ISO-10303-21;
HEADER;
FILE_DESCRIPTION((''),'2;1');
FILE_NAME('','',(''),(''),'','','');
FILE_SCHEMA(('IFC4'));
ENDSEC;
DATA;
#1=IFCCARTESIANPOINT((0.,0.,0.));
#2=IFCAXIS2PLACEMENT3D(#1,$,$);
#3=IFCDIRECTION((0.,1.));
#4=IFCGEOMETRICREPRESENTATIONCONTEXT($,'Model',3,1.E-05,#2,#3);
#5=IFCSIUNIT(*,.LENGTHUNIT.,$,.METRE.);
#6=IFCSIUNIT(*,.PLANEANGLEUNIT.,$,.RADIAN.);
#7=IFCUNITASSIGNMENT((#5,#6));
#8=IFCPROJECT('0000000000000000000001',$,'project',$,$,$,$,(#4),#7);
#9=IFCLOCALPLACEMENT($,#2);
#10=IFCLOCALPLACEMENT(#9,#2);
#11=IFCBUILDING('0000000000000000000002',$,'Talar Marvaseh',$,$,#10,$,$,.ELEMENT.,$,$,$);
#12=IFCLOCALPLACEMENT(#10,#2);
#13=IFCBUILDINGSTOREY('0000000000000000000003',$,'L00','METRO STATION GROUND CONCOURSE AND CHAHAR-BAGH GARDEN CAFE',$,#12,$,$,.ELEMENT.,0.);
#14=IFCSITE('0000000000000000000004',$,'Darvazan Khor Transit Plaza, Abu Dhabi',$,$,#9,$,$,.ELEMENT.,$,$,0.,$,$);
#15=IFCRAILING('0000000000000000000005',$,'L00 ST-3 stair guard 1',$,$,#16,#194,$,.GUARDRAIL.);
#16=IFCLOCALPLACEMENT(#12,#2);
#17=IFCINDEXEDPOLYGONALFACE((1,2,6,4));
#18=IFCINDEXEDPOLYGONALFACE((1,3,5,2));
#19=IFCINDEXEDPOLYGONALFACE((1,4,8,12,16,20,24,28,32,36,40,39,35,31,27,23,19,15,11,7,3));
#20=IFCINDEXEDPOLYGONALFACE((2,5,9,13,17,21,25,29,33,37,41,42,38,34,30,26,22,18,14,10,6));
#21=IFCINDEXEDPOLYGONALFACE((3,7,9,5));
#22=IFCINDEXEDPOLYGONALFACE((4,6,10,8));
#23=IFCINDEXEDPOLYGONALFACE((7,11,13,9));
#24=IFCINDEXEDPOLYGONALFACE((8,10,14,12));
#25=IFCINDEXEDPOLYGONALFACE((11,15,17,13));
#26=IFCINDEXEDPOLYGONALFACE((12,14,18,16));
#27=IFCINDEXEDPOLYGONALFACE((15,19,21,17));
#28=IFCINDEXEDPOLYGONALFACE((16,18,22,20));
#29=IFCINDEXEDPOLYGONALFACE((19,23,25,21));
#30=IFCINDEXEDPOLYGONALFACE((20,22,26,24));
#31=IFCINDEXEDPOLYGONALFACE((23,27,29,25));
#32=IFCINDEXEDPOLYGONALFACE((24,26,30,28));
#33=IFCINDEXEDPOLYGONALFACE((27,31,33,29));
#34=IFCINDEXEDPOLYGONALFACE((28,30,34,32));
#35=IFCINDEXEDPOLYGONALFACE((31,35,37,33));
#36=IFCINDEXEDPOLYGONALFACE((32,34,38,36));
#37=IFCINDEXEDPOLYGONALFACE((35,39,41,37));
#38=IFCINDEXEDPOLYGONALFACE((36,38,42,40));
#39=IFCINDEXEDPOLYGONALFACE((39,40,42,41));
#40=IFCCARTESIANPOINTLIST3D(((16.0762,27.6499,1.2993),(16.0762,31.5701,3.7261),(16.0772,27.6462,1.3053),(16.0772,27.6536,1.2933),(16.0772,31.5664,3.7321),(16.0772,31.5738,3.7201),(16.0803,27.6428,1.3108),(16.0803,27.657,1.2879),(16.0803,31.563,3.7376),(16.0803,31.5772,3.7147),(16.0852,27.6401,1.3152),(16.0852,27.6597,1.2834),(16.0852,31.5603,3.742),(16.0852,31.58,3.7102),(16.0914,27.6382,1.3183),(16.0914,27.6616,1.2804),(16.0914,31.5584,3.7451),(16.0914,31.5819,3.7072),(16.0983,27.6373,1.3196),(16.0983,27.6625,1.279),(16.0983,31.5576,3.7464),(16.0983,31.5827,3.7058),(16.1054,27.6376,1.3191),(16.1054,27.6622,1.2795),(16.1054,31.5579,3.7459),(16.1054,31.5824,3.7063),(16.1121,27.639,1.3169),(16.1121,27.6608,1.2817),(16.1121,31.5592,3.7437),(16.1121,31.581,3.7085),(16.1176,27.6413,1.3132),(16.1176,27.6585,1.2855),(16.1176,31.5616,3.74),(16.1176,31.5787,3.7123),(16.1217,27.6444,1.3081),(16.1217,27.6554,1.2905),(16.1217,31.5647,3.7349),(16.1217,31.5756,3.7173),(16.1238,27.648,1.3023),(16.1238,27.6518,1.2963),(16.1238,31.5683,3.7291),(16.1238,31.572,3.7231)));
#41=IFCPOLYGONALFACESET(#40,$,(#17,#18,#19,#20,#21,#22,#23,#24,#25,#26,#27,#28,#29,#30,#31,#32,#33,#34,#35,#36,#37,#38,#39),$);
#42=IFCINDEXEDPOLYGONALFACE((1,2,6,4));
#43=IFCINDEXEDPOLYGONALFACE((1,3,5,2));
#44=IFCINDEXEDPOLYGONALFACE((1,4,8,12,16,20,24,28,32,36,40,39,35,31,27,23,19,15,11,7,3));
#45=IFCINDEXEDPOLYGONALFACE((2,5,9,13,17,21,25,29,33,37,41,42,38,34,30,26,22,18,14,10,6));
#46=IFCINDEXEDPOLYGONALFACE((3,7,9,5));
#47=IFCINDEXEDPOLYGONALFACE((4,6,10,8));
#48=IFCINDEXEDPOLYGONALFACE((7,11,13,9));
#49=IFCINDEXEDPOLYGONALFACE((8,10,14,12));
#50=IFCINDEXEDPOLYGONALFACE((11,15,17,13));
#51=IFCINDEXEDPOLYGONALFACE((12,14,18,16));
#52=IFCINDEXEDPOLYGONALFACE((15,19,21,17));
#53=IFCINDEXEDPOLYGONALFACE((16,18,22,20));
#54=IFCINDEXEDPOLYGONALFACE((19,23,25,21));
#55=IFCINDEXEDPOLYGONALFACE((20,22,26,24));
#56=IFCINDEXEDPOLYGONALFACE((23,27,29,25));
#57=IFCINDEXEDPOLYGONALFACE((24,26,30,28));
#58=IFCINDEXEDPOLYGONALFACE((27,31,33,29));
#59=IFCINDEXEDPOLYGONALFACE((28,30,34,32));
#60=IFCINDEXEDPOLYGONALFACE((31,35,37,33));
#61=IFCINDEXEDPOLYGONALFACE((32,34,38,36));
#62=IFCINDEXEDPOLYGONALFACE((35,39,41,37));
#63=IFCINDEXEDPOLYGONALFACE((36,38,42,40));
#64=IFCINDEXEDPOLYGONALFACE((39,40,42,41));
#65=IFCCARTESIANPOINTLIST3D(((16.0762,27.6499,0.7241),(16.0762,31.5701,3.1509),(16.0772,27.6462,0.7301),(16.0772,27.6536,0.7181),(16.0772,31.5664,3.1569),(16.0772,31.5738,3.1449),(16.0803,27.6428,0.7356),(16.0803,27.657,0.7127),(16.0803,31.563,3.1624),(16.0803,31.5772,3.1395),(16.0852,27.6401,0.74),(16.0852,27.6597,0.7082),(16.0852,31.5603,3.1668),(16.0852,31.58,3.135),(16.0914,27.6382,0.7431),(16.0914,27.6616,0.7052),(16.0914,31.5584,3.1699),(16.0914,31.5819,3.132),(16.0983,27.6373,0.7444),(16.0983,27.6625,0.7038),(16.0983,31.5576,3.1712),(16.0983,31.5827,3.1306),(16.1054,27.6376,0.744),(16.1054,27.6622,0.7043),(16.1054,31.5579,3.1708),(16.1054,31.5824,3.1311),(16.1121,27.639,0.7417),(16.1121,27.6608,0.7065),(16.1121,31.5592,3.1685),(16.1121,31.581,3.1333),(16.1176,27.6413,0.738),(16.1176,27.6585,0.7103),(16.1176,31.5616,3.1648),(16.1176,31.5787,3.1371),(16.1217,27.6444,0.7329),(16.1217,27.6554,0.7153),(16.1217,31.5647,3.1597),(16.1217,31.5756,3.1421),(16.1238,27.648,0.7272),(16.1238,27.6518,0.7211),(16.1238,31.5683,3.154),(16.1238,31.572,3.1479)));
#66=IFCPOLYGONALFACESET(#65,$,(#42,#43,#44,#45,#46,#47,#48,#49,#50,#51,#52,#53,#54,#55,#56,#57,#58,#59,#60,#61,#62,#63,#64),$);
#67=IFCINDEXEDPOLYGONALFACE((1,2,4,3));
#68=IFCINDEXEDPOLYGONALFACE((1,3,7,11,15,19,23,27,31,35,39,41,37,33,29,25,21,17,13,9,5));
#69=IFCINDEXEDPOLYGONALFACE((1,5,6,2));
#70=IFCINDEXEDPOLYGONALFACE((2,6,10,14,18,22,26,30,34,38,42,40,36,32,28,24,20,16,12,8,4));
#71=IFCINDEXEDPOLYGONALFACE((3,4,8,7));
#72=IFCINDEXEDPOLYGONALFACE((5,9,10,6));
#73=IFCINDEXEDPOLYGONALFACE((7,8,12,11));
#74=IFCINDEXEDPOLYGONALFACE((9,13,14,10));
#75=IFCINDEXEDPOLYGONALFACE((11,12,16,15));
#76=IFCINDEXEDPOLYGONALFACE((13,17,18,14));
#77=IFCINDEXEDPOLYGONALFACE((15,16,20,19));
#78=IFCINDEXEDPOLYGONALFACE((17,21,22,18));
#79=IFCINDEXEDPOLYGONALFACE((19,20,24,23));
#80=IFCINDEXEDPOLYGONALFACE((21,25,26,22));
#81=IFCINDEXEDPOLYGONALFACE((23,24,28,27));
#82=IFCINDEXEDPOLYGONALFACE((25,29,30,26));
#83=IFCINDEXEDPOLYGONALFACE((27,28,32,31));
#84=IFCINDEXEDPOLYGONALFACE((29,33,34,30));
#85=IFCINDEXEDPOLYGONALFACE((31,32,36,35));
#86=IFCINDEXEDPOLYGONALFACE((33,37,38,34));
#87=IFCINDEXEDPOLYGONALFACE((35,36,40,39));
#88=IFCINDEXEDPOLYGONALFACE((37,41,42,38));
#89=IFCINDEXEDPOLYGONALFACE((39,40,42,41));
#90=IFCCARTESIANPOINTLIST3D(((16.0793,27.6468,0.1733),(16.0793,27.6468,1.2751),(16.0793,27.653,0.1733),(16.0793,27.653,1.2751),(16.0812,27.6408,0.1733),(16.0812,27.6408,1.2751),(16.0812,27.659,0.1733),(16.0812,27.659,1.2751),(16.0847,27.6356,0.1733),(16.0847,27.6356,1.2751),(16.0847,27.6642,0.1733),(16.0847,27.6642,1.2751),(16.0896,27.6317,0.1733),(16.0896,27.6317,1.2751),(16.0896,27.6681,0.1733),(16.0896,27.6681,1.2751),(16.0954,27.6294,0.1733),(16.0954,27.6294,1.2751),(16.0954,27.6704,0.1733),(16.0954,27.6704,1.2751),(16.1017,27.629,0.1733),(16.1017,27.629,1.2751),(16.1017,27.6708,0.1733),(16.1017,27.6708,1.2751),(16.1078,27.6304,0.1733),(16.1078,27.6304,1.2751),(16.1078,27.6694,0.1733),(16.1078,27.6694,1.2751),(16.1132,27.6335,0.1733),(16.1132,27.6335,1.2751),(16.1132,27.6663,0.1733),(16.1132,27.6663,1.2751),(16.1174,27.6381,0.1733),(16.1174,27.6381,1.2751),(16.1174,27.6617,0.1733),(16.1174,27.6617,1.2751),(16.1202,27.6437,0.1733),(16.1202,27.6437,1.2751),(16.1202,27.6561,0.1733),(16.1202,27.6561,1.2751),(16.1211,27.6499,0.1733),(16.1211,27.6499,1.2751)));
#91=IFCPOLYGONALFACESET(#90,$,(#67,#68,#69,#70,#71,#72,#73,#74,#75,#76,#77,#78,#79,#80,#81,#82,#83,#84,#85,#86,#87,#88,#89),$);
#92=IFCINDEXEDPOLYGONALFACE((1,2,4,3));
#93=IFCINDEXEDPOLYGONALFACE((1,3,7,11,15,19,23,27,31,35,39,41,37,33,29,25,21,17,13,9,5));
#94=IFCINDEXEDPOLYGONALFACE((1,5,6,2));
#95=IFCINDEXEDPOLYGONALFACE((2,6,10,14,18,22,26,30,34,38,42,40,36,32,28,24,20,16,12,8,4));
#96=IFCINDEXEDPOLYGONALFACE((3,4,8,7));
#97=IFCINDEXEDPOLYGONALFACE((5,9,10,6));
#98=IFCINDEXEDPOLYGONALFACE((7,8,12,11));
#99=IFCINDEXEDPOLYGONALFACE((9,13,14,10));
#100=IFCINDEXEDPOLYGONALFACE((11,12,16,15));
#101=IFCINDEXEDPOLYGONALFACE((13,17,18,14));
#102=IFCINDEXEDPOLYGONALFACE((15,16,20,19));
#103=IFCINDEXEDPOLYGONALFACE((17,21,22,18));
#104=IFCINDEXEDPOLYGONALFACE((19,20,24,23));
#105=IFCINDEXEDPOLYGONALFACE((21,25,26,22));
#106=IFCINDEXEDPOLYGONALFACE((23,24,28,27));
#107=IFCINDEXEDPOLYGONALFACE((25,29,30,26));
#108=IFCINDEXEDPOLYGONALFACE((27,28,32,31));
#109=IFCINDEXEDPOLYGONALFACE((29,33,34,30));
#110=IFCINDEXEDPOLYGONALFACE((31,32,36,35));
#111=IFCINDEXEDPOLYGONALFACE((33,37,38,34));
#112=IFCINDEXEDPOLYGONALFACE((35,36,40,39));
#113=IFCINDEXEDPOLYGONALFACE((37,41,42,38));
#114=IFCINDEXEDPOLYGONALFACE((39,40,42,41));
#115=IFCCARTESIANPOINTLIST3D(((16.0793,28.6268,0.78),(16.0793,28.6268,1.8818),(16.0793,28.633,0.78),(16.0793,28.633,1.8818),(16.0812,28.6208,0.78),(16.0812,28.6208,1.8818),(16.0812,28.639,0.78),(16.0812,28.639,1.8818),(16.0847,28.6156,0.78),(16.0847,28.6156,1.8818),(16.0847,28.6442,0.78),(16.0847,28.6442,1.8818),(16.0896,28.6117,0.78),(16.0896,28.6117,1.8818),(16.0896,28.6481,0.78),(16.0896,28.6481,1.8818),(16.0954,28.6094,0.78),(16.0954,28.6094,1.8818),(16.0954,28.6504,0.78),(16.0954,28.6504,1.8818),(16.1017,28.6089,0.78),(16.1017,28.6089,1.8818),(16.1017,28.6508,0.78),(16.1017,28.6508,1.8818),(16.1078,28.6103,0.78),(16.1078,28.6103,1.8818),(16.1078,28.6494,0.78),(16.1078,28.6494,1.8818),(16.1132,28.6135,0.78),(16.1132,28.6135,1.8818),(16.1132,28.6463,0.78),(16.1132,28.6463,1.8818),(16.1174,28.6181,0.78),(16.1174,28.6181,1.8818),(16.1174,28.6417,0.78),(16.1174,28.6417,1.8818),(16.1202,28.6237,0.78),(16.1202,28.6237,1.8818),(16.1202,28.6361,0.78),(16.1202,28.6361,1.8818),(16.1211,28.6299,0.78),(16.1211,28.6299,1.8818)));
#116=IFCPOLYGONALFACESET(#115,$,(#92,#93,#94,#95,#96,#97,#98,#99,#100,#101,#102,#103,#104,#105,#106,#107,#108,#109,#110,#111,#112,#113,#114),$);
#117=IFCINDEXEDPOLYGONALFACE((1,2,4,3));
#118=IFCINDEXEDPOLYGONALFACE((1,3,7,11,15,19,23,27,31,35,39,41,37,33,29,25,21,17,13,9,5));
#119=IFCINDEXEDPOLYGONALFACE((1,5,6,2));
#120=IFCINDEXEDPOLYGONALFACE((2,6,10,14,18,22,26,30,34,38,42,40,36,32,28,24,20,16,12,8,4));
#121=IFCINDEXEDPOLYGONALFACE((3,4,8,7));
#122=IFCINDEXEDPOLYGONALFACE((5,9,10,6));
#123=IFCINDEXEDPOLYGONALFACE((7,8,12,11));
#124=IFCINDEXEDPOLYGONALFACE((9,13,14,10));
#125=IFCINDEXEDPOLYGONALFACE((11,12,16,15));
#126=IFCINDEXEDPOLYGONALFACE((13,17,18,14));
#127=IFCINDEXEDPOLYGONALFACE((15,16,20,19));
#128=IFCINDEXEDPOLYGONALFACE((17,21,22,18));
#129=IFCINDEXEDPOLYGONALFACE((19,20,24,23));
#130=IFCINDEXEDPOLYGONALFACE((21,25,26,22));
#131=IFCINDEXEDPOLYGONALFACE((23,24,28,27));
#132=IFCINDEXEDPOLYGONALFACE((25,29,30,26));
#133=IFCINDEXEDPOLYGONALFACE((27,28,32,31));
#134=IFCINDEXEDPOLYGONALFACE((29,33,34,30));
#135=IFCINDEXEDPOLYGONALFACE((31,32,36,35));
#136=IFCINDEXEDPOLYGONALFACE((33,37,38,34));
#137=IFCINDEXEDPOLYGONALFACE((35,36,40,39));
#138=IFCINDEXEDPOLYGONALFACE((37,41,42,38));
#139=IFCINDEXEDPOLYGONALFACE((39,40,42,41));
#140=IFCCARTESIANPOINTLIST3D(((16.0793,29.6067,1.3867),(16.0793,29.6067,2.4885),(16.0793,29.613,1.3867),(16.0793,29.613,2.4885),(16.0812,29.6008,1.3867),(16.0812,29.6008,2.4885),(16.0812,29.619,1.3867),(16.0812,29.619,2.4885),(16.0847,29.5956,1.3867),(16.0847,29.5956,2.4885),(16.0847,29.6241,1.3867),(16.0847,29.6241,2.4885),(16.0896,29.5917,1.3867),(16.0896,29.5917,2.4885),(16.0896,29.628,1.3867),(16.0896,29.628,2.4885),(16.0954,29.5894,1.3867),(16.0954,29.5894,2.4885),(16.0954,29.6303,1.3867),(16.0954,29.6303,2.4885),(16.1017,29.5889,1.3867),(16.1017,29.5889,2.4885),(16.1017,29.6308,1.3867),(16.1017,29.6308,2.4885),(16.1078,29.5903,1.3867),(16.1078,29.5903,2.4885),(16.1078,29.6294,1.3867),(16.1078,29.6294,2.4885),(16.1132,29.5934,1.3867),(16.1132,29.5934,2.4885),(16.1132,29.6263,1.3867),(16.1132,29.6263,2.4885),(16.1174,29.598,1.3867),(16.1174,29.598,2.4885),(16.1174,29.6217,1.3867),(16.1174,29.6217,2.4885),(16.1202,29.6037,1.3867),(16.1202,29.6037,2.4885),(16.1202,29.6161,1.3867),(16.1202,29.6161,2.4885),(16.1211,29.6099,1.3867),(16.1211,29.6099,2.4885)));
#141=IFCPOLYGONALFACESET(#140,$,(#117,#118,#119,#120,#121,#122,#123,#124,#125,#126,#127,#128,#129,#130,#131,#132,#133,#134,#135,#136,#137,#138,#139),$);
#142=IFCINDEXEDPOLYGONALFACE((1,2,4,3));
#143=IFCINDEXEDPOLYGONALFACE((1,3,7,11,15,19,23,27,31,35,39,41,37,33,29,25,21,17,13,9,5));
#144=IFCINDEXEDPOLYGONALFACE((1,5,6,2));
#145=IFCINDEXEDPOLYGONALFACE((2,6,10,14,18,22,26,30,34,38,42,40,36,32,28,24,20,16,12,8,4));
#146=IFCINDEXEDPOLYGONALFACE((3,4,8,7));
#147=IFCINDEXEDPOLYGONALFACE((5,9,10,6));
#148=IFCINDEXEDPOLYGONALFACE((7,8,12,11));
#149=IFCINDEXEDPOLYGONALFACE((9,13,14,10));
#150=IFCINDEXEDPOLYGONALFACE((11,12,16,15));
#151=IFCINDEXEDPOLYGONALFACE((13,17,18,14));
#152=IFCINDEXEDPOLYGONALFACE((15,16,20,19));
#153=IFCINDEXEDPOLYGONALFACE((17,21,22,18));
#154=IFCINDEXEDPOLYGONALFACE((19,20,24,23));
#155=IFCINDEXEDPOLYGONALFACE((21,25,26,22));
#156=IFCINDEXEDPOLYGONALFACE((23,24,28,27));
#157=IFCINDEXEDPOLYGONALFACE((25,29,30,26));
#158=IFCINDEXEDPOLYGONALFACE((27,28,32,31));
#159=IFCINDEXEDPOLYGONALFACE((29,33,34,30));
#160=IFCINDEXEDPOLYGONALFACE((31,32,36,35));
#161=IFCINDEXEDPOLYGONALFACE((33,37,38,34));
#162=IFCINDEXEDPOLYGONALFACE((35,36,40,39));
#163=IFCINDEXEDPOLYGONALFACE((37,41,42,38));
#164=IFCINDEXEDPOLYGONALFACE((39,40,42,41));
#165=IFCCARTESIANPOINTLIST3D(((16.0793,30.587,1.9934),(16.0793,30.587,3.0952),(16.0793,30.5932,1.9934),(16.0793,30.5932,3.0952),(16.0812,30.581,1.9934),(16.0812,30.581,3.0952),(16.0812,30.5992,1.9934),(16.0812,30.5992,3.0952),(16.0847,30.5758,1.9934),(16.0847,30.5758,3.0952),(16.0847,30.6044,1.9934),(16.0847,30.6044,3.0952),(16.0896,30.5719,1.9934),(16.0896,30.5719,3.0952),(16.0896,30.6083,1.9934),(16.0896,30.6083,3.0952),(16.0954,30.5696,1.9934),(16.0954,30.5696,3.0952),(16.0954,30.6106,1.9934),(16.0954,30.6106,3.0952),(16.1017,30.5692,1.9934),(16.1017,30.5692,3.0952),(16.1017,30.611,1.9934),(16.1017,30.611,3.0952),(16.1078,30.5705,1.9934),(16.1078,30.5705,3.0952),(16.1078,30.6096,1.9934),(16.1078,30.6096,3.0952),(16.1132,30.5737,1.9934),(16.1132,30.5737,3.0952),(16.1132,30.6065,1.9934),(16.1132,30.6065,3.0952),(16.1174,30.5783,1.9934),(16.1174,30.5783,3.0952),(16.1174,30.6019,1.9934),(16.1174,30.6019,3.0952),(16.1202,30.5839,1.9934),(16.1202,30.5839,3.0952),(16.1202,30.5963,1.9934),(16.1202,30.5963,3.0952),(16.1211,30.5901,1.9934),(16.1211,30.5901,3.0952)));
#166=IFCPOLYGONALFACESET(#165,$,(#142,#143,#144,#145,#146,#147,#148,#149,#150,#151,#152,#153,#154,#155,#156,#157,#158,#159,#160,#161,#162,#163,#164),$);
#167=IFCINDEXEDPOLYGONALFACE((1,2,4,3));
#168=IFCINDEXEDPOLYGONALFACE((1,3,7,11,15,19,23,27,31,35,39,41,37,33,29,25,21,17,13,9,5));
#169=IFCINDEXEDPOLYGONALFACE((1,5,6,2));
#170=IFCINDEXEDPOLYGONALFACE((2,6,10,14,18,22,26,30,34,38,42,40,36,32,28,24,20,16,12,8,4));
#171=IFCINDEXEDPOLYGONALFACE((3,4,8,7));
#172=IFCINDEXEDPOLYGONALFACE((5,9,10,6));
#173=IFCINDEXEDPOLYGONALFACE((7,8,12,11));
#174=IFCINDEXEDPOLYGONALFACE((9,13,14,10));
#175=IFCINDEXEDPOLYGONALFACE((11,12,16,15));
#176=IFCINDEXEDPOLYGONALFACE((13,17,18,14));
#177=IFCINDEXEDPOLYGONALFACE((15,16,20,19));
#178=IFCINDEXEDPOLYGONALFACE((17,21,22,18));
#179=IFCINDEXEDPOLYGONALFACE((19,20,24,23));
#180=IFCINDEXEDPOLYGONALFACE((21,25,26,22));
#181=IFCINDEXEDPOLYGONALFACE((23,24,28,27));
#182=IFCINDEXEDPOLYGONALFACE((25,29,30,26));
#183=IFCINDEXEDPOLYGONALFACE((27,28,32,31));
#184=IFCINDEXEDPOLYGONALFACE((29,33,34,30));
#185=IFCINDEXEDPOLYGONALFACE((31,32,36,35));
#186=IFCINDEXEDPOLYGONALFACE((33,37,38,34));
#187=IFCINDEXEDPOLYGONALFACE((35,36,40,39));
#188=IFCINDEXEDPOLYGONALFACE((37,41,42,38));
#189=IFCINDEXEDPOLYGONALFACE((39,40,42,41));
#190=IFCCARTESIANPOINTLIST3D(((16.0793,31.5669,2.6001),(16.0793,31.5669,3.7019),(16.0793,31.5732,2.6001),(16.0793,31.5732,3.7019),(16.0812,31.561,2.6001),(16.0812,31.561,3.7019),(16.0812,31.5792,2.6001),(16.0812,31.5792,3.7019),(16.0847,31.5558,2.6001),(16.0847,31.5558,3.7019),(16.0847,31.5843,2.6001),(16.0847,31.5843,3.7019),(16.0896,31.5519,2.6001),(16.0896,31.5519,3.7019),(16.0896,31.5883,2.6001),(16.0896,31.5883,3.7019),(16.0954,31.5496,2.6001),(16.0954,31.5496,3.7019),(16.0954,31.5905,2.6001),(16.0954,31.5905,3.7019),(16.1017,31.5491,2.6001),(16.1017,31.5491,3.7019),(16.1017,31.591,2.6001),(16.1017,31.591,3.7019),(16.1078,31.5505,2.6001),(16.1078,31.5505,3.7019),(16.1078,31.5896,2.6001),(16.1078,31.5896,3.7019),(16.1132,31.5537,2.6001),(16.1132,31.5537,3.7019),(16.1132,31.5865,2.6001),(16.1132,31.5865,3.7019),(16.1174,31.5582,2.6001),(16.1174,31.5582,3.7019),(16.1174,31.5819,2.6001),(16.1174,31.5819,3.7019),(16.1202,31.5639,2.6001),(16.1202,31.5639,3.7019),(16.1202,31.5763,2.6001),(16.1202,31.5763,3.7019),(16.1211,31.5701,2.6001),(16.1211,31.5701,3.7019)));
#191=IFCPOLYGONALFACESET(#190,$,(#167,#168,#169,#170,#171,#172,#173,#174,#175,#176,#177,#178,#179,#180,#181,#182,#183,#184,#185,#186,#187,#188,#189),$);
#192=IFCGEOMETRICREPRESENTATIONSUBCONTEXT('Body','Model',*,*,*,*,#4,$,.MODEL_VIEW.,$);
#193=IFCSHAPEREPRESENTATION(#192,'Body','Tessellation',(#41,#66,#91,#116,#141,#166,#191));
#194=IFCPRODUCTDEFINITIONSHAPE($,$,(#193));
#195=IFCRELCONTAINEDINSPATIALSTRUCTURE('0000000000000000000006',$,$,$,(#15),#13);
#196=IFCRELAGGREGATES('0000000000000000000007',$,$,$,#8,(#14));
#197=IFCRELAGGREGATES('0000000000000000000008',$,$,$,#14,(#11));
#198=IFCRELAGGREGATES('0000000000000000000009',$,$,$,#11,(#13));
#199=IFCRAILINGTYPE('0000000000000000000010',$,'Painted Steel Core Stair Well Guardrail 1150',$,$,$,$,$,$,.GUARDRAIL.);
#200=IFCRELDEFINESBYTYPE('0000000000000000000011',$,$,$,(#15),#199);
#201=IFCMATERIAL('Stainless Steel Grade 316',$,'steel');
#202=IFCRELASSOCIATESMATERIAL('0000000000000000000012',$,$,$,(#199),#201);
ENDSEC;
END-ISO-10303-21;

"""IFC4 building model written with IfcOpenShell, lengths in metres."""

from ifc_helpers import new_model, si_unit, direction, frame, origin, origin_2d, place, context, subcontext, project, spatial, circle, extrude, material, type_object, element, save


model = new_model("IFC4")

# Units and contexts
model_context = context("Model", 3, precision=1e-05, world=origin(), true_north=direction((0.0, 1.0)))
body_context = subcontext(model_context, "Body", "Model", "MODEL_VIEW")
ifc_project = project(units=[si_unit("LENGTHUNIT", "METRE"), si_unit("PLANEANGLEUNIT", "RADIAN")], contexts=[model_context])

# Site, building, storey
site_placement = place(None, origin())
site = spatial("IfcSite", under=ifc_project, at=site_placement, Name="Darvazan Khor Transit Plaza, Abu Dhabi", CompositionType="ELEMENT", RefElevation=0.0)
building_placement = place(site_placement, origin())
building = spatial("IfcBuilding", under=site, at=building_placement, Name="Talar Marvaseh", CompositionType="ELEMENT")
storey_placement = place(building_placement, origin())
storey = spatial("IfcBuildingStorey", under=building, at=storey_placement, Name="L00", Description="METRO STATION GROUND CONCOURSE AND CHAHAR-BAGH GARDEN CAFE", CompositionType="ELEMENT", Elevation=0.0)

# Shared definitions
ifc_material_1 = material(Name="Stainless Steel Grade 316", Category="steel")

# Railing
railing_type_1 = type_object("IfcRailingType", Name="Painted Steel Core Stair Well Guardrail 1150", PredefinedType="GUARDRAIL", material=ifc_material_1)
railing_1_placement = place(storey_placement, frame((16.1001, 27.6499, 0.1733)))
element("IfcRailing", 1, at=railing_1_placement, inside=storey, type_object=railing_type_1, Name="L00 ST-3 stair guard 1", PredefinedType="GUARDRAIL", context=body_context, shape_type="SweptSolid", body=[
    extrude(circle(Radius=0.0239, at=origin_2d()), frame((0.0, 0.0, 1.126), z_axis=(0.0, 0.850266, 0.526353), x_axis=(-1.0, 0.0, 0.0)), (0.0, 0.0, 1.0), 4.6106),
    extrude(circle(Radius=0.0239, at=origin_2d()), frame((0.0, 0.0, 0.5508), z_axis=(0.0, 0.850266, 0.526353), x_axis=(-1.0, 0.0, 0.0)), (0.0, 0.0, 1.0), 4.6106),
    extrude(circle(Radius=0.021, at=origin_2d()), origin(), (0.0, 0.0, 1.0), 1.1018),
    extrude(circle(Radius=0.021, at=origin_2d()), frame((0.0, 0.98, 0.6067)), (0.0, 0.0, 1.0), 1.1018),
    extrude(circle(Radius=0.021, at=origin_2d()), frame((0.0, 1.96, 1.2134)), (0.0, 0.0, 1.0), 1.1018),
    extrude(circle(Radius=0.021, at=origin_2d()), frame((0.0, 2.9402, 1.8201)), (0.0, 0.0, 1.0), 1.1018),
    extrude(circle(Radius=0.021, at=origin_2d()), frame((0.0, 3.9202, 2.4268)), (0.0, 0.0, 1.0), 1.1018),
])

save(model, "model.ifc")
